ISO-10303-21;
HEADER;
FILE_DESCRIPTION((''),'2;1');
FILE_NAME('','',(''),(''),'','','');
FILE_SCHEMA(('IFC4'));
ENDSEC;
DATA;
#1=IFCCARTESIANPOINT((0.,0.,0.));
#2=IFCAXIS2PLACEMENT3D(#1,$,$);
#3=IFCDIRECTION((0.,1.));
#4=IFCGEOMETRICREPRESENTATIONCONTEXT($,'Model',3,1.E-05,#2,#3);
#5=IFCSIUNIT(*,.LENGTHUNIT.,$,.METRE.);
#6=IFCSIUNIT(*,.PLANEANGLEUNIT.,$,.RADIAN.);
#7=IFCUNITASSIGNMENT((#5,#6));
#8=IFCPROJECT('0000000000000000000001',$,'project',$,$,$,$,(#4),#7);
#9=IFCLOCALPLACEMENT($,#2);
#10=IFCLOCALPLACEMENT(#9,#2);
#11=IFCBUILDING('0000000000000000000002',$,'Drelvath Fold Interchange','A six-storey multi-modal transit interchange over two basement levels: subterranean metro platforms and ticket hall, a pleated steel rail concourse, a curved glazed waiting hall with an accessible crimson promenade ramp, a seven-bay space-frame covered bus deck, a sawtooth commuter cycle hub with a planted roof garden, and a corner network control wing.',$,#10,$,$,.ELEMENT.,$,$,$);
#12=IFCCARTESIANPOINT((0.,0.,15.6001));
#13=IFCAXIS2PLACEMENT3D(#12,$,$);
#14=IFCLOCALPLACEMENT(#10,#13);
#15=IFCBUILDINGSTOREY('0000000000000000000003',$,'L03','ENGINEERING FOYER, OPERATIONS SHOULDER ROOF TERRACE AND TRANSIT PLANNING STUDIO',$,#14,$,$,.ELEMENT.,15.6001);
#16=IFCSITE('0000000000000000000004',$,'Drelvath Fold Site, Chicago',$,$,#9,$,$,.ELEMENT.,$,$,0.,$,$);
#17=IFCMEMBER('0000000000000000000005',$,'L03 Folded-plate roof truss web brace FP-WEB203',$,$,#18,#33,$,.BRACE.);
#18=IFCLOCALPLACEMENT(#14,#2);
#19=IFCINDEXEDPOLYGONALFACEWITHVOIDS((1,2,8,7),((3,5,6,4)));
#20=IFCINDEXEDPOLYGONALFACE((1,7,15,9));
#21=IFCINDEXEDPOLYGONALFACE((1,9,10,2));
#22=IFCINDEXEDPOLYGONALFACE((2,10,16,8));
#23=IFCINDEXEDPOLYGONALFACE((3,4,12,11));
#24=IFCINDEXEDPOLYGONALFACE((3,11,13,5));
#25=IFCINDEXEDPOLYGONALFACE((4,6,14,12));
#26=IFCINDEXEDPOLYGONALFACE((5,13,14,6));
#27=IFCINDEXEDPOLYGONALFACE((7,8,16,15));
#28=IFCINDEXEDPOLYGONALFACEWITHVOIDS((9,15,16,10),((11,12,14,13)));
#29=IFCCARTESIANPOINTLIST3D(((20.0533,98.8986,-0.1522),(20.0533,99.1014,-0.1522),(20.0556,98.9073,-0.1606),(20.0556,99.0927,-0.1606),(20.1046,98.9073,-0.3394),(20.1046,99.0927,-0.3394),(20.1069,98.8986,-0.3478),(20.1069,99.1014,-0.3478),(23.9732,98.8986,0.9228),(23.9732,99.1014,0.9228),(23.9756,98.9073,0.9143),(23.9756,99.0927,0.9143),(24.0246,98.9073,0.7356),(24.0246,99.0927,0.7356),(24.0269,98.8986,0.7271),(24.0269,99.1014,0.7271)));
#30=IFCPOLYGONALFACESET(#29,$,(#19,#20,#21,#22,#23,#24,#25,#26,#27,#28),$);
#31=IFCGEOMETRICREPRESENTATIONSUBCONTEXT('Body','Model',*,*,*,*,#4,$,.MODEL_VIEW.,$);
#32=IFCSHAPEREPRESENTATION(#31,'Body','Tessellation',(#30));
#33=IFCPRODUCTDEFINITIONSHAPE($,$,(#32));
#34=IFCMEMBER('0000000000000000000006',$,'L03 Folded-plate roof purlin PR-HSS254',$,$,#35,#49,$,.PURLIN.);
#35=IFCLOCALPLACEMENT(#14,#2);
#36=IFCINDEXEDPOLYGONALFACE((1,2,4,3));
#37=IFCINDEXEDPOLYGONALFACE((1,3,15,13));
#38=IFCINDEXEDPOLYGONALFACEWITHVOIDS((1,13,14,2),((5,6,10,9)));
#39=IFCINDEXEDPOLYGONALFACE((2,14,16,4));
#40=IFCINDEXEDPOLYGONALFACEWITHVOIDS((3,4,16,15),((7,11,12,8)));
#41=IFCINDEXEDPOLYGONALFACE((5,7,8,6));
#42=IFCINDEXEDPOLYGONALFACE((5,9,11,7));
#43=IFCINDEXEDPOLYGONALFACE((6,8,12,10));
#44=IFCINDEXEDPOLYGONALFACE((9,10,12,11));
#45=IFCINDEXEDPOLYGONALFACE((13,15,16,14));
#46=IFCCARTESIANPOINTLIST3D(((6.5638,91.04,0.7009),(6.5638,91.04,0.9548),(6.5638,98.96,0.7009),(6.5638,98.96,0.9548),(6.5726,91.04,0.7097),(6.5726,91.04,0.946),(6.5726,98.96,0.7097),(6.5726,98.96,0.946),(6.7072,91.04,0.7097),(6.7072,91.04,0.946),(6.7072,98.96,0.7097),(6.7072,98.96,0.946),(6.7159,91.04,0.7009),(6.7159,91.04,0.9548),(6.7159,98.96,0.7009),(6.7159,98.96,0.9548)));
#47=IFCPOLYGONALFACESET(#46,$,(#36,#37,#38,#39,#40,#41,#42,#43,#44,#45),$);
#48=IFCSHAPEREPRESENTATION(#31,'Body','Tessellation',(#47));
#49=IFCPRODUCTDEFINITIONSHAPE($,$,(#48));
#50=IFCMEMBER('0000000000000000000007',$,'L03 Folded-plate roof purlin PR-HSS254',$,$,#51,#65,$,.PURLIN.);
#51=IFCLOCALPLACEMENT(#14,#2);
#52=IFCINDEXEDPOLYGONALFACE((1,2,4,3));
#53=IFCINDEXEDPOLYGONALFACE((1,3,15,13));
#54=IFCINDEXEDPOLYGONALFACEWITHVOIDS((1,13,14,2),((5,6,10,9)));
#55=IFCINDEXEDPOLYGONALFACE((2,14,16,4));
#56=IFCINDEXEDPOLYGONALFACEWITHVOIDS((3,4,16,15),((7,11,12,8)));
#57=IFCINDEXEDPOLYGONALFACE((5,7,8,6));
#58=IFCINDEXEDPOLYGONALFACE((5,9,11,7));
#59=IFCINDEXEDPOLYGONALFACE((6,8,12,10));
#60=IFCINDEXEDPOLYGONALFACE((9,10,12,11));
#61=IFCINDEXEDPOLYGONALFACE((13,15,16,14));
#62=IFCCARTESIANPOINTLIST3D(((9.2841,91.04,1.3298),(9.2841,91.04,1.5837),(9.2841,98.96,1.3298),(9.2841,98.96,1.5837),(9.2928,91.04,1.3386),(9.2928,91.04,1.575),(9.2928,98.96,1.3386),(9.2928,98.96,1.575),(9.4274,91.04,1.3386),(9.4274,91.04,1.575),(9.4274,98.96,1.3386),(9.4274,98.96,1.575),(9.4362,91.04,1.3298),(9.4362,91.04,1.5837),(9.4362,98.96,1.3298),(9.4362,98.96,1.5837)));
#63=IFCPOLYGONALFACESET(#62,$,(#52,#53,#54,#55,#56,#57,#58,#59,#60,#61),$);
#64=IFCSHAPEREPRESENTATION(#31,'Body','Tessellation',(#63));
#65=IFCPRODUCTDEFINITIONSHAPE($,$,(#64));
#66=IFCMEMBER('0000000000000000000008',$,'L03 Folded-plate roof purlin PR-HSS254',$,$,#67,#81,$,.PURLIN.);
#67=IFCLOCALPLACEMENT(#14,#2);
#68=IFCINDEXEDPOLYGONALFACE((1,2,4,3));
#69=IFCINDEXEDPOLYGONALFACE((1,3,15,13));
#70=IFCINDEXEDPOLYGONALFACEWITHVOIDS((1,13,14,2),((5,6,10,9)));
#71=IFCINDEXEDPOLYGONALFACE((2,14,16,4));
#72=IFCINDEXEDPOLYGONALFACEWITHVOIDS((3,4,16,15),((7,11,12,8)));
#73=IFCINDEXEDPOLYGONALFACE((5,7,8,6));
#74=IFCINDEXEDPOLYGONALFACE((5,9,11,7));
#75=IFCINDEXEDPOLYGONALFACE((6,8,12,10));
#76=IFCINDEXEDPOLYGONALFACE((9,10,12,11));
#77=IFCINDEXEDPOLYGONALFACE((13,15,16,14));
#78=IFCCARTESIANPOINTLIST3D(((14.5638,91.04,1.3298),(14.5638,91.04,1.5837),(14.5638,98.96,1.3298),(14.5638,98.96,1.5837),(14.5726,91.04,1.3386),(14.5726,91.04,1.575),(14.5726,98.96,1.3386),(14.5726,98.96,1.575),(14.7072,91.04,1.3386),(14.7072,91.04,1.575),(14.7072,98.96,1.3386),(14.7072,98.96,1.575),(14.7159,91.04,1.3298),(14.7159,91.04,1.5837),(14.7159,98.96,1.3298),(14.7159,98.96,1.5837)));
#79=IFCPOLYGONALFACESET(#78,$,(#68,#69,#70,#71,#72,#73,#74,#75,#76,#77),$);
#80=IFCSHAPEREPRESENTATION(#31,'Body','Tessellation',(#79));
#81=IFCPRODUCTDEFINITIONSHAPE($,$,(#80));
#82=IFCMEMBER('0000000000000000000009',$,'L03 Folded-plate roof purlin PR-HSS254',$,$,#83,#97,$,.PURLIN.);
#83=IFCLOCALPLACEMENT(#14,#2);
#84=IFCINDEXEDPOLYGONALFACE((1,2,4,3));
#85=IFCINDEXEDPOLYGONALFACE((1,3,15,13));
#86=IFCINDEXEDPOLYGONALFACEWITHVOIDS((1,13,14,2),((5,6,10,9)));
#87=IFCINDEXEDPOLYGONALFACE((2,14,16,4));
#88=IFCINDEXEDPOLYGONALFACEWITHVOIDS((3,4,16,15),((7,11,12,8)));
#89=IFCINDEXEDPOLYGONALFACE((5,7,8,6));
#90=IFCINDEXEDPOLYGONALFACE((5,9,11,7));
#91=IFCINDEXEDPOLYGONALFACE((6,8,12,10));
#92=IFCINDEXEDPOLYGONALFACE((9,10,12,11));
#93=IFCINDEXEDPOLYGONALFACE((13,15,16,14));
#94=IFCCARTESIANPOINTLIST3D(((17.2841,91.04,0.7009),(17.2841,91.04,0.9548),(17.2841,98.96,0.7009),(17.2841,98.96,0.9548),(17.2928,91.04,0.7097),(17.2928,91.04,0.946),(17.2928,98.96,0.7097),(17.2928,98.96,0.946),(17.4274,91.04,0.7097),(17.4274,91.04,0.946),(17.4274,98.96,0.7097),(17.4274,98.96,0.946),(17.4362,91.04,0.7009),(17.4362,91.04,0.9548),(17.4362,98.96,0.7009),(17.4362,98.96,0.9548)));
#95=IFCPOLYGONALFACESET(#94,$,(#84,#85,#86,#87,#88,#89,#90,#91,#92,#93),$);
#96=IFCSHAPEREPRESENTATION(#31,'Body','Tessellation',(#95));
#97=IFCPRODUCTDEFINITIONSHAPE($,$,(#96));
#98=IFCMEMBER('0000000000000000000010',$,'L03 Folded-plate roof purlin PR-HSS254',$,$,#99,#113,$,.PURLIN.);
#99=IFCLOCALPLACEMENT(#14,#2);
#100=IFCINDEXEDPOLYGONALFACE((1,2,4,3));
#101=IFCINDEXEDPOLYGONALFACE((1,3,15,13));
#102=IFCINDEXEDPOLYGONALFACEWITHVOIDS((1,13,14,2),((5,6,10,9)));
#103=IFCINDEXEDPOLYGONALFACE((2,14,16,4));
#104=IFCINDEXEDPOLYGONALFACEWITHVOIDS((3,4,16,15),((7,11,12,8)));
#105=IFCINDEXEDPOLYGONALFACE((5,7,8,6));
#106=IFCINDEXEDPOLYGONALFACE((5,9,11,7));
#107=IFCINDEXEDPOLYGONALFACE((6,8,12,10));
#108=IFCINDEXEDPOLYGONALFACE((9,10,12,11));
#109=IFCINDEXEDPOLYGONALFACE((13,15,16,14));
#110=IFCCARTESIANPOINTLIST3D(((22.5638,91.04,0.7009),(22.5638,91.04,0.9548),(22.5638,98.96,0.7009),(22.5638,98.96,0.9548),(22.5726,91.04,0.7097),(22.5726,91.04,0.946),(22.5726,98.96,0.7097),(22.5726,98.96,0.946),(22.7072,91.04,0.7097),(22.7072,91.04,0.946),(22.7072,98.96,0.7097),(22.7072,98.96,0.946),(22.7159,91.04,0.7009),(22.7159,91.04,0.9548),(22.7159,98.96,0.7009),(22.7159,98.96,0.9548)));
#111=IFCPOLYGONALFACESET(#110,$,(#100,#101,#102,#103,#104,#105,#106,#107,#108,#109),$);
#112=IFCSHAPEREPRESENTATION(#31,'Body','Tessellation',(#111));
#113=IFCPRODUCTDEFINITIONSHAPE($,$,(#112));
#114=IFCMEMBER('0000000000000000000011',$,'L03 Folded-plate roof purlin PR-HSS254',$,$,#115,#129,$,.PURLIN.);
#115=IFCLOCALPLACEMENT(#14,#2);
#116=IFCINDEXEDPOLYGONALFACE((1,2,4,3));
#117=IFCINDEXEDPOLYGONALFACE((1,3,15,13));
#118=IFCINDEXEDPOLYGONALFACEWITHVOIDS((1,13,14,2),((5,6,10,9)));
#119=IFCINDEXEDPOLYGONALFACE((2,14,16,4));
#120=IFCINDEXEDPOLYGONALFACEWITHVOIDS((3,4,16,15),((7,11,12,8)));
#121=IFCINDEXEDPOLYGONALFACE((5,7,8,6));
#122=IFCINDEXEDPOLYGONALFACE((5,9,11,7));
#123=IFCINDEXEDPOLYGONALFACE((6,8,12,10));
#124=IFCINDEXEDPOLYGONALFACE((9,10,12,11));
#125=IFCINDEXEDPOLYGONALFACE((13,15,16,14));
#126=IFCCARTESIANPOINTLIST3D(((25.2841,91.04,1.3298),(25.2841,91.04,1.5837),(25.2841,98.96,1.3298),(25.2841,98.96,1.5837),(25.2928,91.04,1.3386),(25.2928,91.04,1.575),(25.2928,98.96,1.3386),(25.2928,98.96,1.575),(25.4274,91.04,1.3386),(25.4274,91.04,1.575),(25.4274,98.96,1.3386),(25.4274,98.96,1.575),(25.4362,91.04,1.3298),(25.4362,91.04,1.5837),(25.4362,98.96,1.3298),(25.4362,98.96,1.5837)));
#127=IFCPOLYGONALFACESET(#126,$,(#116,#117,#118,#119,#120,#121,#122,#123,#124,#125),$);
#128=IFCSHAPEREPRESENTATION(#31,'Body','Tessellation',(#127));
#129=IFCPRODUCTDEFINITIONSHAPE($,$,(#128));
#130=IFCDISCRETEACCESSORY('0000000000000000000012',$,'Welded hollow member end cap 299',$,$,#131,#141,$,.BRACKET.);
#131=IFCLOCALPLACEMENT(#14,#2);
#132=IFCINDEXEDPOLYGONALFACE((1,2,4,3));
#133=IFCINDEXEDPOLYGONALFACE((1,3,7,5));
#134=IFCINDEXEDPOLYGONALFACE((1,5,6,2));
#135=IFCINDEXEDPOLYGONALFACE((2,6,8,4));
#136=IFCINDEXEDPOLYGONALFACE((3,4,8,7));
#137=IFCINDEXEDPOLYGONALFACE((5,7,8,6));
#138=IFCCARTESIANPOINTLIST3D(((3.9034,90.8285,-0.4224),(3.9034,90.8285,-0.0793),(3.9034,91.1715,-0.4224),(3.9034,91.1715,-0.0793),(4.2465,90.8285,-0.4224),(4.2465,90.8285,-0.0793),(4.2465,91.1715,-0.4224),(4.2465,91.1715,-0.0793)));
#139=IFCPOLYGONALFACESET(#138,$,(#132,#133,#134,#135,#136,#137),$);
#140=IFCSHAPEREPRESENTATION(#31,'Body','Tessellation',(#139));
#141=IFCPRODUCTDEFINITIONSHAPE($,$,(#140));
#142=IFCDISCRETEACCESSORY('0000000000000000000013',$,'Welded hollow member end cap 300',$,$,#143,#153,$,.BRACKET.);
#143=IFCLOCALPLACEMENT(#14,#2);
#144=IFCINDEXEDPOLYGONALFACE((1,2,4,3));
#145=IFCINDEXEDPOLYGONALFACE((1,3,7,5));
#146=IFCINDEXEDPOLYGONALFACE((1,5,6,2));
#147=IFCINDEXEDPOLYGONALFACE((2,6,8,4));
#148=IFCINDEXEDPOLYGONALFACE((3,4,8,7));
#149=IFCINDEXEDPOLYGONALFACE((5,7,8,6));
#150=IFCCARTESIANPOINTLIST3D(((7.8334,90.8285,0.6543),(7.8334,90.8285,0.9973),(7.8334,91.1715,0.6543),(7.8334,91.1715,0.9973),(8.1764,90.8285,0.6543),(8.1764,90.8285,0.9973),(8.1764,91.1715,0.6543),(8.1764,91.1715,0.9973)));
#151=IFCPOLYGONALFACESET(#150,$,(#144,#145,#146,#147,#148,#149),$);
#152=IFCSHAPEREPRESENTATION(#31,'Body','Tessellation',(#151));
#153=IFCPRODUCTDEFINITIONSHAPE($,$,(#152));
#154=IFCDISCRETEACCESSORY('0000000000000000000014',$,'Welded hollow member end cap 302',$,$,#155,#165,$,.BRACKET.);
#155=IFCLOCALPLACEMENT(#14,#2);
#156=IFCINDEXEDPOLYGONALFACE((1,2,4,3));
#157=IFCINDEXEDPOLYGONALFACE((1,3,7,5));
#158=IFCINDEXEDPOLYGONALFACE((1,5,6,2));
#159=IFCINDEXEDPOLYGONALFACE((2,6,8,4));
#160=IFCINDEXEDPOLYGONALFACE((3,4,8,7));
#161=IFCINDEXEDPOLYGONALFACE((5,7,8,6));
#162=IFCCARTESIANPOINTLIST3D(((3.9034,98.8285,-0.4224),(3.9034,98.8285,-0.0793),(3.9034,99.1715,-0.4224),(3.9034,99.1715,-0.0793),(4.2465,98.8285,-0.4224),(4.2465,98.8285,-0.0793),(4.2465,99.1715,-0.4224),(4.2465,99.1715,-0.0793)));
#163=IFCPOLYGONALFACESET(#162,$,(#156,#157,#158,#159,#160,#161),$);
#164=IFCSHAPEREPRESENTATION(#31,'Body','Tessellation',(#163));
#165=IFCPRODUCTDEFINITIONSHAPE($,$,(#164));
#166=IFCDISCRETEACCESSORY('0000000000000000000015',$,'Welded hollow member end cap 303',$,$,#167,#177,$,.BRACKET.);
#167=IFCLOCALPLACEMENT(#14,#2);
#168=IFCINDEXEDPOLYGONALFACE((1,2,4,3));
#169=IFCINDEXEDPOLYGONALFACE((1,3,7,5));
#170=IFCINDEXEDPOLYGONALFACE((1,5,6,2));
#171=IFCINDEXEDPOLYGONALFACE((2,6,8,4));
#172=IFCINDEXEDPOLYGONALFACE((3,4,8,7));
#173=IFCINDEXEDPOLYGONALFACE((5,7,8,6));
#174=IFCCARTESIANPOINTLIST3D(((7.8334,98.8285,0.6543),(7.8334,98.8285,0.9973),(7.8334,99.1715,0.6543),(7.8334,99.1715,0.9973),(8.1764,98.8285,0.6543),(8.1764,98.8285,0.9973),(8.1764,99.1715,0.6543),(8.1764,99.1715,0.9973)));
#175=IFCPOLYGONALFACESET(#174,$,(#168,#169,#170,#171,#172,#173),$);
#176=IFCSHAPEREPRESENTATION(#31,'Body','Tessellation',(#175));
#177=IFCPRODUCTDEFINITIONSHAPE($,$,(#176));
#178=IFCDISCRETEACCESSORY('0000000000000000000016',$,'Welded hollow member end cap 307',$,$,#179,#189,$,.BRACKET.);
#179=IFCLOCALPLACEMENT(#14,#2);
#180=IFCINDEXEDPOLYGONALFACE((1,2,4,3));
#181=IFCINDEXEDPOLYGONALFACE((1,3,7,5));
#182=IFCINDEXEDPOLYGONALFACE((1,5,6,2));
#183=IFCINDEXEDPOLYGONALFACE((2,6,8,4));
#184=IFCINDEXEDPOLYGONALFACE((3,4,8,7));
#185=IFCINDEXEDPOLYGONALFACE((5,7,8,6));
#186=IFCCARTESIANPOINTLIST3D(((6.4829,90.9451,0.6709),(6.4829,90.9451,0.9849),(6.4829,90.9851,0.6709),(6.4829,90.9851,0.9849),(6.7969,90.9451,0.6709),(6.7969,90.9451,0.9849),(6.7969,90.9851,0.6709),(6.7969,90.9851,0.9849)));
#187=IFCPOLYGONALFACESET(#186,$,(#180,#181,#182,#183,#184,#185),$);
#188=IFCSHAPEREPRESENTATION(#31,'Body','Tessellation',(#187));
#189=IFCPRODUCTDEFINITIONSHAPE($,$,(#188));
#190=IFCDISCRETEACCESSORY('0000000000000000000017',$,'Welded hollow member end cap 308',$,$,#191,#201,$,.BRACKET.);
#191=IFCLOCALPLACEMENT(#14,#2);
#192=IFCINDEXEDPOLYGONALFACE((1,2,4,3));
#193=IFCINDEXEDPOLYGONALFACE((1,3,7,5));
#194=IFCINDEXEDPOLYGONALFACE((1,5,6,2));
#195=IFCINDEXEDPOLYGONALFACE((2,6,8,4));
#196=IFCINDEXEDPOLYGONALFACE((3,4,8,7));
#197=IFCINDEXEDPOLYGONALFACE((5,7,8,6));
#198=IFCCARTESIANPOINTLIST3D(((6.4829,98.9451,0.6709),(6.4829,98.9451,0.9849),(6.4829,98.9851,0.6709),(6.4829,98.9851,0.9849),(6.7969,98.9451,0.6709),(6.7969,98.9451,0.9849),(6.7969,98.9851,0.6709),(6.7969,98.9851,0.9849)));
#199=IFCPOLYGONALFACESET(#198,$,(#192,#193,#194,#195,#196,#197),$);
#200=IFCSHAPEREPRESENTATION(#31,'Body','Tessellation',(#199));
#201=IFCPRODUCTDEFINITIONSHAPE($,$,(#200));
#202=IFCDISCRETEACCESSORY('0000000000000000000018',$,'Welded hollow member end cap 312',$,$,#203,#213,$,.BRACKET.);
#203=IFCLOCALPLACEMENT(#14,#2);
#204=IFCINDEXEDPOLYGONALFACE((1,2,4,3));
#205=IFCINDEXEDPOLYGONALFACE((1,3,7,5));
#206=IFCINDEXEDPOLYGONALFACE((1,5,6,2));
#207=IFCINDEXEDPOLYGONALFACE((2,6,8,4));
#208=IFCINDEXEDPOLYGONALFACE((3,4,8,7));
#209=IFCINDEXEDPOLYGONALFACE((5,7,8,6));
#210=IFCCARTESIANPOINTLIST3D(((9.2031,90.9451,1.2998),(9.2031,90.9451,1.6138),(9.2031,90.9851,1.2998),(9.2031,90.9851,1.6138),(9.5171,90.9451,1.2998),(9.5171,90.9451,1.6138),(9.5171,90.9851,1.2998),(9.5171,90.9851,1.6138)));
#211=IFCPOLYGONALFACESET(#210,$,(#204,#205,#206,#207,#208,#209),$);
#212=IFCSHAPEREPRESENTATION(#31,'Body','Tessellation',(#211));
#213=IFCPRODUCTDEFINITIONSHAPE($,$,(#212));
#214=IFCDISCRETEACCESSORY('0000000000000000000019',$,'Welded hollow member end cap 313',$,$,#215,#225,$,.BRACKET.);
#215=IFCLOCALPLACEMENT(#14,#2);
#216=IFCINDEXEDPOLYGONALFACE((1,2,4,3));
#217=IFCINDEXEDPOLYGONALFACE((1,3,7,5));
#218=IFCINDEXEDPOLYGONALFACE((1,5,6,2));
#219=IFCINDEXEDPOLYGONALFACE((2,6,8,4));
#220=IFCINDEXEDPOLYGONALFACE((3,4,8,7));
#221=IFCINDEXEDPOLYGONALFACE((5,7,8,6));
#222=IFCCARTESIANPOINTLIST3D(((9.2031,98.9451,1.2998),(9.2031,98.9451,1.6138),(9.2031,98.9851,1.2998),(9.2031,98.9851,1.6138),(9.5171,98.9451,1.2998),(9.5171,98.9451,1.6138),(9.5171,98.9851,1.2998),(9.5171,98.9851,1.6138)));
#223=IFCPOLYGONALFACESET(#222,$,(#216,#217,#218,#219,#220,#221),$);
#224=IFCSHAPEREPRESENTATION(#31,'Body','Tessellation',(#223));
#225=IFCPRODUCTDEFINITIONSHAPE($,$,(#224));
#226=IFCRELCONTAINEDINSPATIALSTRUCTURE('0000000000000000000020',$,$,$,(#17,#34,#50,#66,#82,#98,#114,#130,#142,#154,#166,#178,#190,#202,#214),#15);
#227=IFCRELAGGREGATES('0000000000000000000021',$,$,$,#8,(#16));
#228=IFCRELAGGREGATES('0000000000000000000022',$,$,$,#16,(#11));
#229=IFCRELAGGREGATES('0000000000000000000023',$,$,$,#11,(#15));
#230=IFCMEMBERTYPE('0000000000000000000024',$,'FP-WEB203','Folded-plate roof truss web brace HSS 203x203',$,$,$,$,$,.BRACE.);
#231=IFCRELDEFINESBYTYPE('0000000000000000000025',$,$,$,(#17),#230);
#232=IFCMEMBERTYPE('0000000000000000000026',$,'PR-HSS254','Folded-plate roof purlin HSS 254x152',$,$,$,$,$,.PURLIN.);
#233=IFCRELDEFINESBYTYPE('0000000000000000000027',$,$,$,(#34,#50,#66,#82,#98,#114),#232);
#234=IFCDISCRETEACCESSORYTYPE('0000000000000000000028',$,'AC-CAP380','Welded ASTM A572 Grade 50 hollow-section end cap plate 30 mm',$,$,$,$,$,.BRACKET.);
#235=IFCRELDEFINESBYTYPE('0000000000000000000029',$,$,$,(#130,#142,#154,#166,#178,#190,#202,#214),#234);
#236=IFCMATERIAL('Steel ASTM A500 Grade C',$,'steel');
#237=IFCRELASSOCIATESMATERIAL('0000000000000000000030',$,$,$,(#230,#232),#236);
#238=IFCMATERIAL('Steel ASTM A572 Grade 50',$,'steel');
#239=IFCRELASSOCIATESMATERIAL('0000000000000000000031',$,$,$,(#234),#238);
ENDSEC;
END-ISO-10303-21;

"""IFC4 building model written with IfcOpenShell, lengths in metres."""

from ifc_helpers import new_model, si_unit, direction, frame, origin, origin_2d, place, context, subcontext, project, spatial, rectangle, hollow_rectangle, extrude, material, material_profile, profile_set, type_object, element, save


model = new_model("IFC4")

# Units and contexts
model_context = context("Model", 3, precision=1e-05, world=origin(), true_north=direction((0.0, 1.0)))
body_context = subcontext(model_context, "Body", "Model", "MODEL_VIEW")
ifc_project = project(units=[si_unit("LENGTHUNIT", "METRE"), si_unit("PLANEANGLEUNIT", "RADIAN")], contexts=[model_context])

# Site, building, storey
site_placement = place(None, origin())
site = spatial("IfcSite", under=ifc_project, at=site_placement, Name="Drelvath Fold Site, Chicago", CompositionType="ELEMENT", RefElevation=0.0)
building_placement = place(site_placement, origin())
building = spatial("IfcBuilding", under=site, at=building_placement, Name="Drelvath Fold Interchange", Description="A six-storey multi-modal transit interchange over two basement levels: subterranean metro platforms and ticket hall, a pleated steel rail concourse, a curved glazed waiting hall with an accessible crimson promenade ramp, a seven-bay space-frame covered bus deck, a sawtooth commuter cycle hub with a planted roof garden, and a corner network control wing.", CompositionType="ELEMENT")
storey_placement = place(building_placement, frame((0.0, 0.0, 15.6001)))
storey = spatial("IfcBuildingStorey", under=building, at=storey_placement, Name="L03", Description="ENGINEERING FOYER, OPERATIONS SHOULDER ROOF TERRACE AND TRANSIT PLANNING STUDIO", CompositionType="ELEMENT", Elevation=15.6001)

# Members
ifc_material_1 = material(Name="Steel ASTM A500 Grade C", Category="steel")
ifc_material_profile_1 = material_profile(ifc_material_1, hollow_rectangle(XDim=0.2029, YDim=0.2029, WallThickness=0.0088, at=origin_2d()), Name="HSS8X8X3/8")
ifc_profile_set_1 = profile_set([ifc_material_profile_1], Name="Steel ASTM A500 Grade C")
member_type_1 = type_object("IfcMemberType", Name="FP-WEB203", Description="Folded-plate roof truss web brace HSS 203x203", PredefinedType="BRACE", material=ifc_profile_set_1)
for number, where, z_axis, x_axis, name in (
    (1, (20.0801, 99.0, -0.25), (0.964396, 0.0, 0.264464), (0.0, 1.0, 0.0), "L03 Folded-plate roof truss web brace FP-WEB203"),
):
    element("IfcMember", number, at=place(storey_placement, frame(where, z_axis=z_axis, x_axis=x_axis)), inside=storey, type_object=member_type_1, Name=name, PredefinedType="BRACE", context=body_context, shape_type="SweptSolid", body=[
        extrude(hollow_rectangle(XDim=0.2029, YDim=0.2029, WallThickness=0.0088, at=origin_2d()), origin(), (0.0, 0.0, 1.0), 4.0647),
    ])
ifc_material_profile_2 = material_profile(ifc_material_1, hollow_rectangle(XDim=0.1521, YDim=0.2539, WallThickness=0.0088, at=origin_2d()), Name="HSS10X6X3/8")
ifc_profile_set_2 = profile_set([ifc_material_profile_2], Name="Steel ASTM A500 Grade C")
member_type_2 = type_object("IfcMemberType", Name="PR-HSS254", Description="Folded-plate roof purlin HSS 254x152", PredefinedType="PURLIN", material=ifc_profile_set_2)
for number, where, z_axis, x_axis, name in (
    (2, (6.6399, 91.04, 0.8279), (0.0, 1.0, 0.0), (-1.0, 0.0, 0.0), "L03 Folded-plate roof purlin PR-HSS254"),
    (3, (9.3601, 91.04, 1.4568), (0.0, 1.0, 0.0), (-1.0, 0.0, 0.0), "L03 Folded-plate roof purlin PR-HSS254"),
    (4, (14.6399, 91.04, 1.4568), (0.0, 1.0, 0.0), (-1.0, 0.0, 0.0), "L03 Folded-plate roof purlin PR-HSS254"),
    (5, (17.3601, 91.04, 0.8279), (0.0, 1.0, 0.0), (-1.0, 0.0, 0.0), "L03 Folded-plate roof purlin PR-HSS254"),
    (6, (22.6399, 91.04, 0.8279), (0.0, 1.0, 0.0), (-1.0, 0.0, 0.0), "L03 Folded-plate roof purlin PR-HSS254"),
    (7, (25.3601, 91.04, 1.4568), (0.0, 1.0, 0.0), (-1.0, 0.0, 0.0), "L03 Folded-plate roof purlin PR-HSS254"),
):
    element("IfcMember", number, at=place(storey_placement, frame(where, z_axis=z_axis, x_axis=x_axis)), inside=storey, type_object=member_type_2, Name=name, PredefinedType="PURLIN", context=body_context, shape_type="SweptSolid", body=[
        extrude(hollow_rectangle(XDim=0.1521, YDim=0.2539, WallThickness=0.0088, at=origin_2d()), origin(), (0.0, 0.0, 1.0), 7.9199),
    ])

# Discrete accessories
ifc_material_2 = material(Name="Steel ASTM A572 Grade 50", Category="steel")
discrete_accessory_type = type_object("IfcDiscreteAccessoryType", Name="AC-CAP380", Description="Welded ASTM A572 Grade 50 hollow-section end cap plate 30 mm", PredefinedType="BRACKET", material=ifc_material_2)
for number, where, z_axis, x_axis, name in (
    (8, (4.075, 91.0, -0.4224), (0.0, 0.0, 1.0), (1.0, 0.0, 0.0), "Welded hollow member end cap 299"),
    (9, (8.0049, 91.0, 0.6543), (0.0, 0.0, 1.0), (1.0, 0.0, 0.0), "Welded hollow member end cap 300"),
    (10, (4.075, 99.0, -0.4224), (0.0, 0.0, 1.0), (1.0, 0.0, 0.0), "Welded hollow member end cap 302"),
    (11, (8.0049, 99.0, 0.6543), (0.0, 0.0, 1.0), (1.0, 0.0, 0.0), "Welded hollow member end cap 303"),
):
    element("IfcDiscreteAccessory", number, at=place(storey_placement, frame(where, z_axis=z_axis, x_axis=x_axis)), inside=storey, type_object=discrete_accessory_type, Name=name, PredefinedType="BRACKET", context=body_context, shape_type="SweptSolid", body=[
        extrude(rectangle(XDim=0.343, YDim=0.343, at=origin_2d()), origin(), (0.0, 0.0, 1.0), 0.343),
    ])
for number, where, z_axis, x_axis, name in (
    (12, (6.6399, 90.9651, 0.6709), (0.0, 0.0, 1.0), (1.0, 0.0, 0.0), "Welded hollow member end cap 307"),
    (13, (6.6399, 98.9651, 0.6709), (0.0, 0.0, 1.0), (1.0, 0.0, 0.0), "Welded hollow member end cap 308"),
    (14, (9.3601, 90.9651, 1.2998), (0.0, 0.0, 1.0), (1.0, 0.0, 0.0), "Welded hollow member end cap 312"),
    (15, (9.3601, 98.9651, 1.2998), (0.0, 0.0, 1.0), (1.0, 0.0, 0.0), "Welded hollow member end cap 313"),
):
    element("IfcDiscreteAccessory", number, at=place(storey_placement, frame(where, z_axis=z_axis, x_axis=x_axis)), inside=storey, type_object=discrete_accessory_type, Name=name, PredefinedType="BRACKET", context=body_context, shape_type="SweptSolid", body=[
        extrude(rectangle(XDim=0.314, YDim=0.04, at=origin_2d()), origin(), (0.0, 0.0, 1.0), 0.314),
    ])

save(model, "model.ifc")
